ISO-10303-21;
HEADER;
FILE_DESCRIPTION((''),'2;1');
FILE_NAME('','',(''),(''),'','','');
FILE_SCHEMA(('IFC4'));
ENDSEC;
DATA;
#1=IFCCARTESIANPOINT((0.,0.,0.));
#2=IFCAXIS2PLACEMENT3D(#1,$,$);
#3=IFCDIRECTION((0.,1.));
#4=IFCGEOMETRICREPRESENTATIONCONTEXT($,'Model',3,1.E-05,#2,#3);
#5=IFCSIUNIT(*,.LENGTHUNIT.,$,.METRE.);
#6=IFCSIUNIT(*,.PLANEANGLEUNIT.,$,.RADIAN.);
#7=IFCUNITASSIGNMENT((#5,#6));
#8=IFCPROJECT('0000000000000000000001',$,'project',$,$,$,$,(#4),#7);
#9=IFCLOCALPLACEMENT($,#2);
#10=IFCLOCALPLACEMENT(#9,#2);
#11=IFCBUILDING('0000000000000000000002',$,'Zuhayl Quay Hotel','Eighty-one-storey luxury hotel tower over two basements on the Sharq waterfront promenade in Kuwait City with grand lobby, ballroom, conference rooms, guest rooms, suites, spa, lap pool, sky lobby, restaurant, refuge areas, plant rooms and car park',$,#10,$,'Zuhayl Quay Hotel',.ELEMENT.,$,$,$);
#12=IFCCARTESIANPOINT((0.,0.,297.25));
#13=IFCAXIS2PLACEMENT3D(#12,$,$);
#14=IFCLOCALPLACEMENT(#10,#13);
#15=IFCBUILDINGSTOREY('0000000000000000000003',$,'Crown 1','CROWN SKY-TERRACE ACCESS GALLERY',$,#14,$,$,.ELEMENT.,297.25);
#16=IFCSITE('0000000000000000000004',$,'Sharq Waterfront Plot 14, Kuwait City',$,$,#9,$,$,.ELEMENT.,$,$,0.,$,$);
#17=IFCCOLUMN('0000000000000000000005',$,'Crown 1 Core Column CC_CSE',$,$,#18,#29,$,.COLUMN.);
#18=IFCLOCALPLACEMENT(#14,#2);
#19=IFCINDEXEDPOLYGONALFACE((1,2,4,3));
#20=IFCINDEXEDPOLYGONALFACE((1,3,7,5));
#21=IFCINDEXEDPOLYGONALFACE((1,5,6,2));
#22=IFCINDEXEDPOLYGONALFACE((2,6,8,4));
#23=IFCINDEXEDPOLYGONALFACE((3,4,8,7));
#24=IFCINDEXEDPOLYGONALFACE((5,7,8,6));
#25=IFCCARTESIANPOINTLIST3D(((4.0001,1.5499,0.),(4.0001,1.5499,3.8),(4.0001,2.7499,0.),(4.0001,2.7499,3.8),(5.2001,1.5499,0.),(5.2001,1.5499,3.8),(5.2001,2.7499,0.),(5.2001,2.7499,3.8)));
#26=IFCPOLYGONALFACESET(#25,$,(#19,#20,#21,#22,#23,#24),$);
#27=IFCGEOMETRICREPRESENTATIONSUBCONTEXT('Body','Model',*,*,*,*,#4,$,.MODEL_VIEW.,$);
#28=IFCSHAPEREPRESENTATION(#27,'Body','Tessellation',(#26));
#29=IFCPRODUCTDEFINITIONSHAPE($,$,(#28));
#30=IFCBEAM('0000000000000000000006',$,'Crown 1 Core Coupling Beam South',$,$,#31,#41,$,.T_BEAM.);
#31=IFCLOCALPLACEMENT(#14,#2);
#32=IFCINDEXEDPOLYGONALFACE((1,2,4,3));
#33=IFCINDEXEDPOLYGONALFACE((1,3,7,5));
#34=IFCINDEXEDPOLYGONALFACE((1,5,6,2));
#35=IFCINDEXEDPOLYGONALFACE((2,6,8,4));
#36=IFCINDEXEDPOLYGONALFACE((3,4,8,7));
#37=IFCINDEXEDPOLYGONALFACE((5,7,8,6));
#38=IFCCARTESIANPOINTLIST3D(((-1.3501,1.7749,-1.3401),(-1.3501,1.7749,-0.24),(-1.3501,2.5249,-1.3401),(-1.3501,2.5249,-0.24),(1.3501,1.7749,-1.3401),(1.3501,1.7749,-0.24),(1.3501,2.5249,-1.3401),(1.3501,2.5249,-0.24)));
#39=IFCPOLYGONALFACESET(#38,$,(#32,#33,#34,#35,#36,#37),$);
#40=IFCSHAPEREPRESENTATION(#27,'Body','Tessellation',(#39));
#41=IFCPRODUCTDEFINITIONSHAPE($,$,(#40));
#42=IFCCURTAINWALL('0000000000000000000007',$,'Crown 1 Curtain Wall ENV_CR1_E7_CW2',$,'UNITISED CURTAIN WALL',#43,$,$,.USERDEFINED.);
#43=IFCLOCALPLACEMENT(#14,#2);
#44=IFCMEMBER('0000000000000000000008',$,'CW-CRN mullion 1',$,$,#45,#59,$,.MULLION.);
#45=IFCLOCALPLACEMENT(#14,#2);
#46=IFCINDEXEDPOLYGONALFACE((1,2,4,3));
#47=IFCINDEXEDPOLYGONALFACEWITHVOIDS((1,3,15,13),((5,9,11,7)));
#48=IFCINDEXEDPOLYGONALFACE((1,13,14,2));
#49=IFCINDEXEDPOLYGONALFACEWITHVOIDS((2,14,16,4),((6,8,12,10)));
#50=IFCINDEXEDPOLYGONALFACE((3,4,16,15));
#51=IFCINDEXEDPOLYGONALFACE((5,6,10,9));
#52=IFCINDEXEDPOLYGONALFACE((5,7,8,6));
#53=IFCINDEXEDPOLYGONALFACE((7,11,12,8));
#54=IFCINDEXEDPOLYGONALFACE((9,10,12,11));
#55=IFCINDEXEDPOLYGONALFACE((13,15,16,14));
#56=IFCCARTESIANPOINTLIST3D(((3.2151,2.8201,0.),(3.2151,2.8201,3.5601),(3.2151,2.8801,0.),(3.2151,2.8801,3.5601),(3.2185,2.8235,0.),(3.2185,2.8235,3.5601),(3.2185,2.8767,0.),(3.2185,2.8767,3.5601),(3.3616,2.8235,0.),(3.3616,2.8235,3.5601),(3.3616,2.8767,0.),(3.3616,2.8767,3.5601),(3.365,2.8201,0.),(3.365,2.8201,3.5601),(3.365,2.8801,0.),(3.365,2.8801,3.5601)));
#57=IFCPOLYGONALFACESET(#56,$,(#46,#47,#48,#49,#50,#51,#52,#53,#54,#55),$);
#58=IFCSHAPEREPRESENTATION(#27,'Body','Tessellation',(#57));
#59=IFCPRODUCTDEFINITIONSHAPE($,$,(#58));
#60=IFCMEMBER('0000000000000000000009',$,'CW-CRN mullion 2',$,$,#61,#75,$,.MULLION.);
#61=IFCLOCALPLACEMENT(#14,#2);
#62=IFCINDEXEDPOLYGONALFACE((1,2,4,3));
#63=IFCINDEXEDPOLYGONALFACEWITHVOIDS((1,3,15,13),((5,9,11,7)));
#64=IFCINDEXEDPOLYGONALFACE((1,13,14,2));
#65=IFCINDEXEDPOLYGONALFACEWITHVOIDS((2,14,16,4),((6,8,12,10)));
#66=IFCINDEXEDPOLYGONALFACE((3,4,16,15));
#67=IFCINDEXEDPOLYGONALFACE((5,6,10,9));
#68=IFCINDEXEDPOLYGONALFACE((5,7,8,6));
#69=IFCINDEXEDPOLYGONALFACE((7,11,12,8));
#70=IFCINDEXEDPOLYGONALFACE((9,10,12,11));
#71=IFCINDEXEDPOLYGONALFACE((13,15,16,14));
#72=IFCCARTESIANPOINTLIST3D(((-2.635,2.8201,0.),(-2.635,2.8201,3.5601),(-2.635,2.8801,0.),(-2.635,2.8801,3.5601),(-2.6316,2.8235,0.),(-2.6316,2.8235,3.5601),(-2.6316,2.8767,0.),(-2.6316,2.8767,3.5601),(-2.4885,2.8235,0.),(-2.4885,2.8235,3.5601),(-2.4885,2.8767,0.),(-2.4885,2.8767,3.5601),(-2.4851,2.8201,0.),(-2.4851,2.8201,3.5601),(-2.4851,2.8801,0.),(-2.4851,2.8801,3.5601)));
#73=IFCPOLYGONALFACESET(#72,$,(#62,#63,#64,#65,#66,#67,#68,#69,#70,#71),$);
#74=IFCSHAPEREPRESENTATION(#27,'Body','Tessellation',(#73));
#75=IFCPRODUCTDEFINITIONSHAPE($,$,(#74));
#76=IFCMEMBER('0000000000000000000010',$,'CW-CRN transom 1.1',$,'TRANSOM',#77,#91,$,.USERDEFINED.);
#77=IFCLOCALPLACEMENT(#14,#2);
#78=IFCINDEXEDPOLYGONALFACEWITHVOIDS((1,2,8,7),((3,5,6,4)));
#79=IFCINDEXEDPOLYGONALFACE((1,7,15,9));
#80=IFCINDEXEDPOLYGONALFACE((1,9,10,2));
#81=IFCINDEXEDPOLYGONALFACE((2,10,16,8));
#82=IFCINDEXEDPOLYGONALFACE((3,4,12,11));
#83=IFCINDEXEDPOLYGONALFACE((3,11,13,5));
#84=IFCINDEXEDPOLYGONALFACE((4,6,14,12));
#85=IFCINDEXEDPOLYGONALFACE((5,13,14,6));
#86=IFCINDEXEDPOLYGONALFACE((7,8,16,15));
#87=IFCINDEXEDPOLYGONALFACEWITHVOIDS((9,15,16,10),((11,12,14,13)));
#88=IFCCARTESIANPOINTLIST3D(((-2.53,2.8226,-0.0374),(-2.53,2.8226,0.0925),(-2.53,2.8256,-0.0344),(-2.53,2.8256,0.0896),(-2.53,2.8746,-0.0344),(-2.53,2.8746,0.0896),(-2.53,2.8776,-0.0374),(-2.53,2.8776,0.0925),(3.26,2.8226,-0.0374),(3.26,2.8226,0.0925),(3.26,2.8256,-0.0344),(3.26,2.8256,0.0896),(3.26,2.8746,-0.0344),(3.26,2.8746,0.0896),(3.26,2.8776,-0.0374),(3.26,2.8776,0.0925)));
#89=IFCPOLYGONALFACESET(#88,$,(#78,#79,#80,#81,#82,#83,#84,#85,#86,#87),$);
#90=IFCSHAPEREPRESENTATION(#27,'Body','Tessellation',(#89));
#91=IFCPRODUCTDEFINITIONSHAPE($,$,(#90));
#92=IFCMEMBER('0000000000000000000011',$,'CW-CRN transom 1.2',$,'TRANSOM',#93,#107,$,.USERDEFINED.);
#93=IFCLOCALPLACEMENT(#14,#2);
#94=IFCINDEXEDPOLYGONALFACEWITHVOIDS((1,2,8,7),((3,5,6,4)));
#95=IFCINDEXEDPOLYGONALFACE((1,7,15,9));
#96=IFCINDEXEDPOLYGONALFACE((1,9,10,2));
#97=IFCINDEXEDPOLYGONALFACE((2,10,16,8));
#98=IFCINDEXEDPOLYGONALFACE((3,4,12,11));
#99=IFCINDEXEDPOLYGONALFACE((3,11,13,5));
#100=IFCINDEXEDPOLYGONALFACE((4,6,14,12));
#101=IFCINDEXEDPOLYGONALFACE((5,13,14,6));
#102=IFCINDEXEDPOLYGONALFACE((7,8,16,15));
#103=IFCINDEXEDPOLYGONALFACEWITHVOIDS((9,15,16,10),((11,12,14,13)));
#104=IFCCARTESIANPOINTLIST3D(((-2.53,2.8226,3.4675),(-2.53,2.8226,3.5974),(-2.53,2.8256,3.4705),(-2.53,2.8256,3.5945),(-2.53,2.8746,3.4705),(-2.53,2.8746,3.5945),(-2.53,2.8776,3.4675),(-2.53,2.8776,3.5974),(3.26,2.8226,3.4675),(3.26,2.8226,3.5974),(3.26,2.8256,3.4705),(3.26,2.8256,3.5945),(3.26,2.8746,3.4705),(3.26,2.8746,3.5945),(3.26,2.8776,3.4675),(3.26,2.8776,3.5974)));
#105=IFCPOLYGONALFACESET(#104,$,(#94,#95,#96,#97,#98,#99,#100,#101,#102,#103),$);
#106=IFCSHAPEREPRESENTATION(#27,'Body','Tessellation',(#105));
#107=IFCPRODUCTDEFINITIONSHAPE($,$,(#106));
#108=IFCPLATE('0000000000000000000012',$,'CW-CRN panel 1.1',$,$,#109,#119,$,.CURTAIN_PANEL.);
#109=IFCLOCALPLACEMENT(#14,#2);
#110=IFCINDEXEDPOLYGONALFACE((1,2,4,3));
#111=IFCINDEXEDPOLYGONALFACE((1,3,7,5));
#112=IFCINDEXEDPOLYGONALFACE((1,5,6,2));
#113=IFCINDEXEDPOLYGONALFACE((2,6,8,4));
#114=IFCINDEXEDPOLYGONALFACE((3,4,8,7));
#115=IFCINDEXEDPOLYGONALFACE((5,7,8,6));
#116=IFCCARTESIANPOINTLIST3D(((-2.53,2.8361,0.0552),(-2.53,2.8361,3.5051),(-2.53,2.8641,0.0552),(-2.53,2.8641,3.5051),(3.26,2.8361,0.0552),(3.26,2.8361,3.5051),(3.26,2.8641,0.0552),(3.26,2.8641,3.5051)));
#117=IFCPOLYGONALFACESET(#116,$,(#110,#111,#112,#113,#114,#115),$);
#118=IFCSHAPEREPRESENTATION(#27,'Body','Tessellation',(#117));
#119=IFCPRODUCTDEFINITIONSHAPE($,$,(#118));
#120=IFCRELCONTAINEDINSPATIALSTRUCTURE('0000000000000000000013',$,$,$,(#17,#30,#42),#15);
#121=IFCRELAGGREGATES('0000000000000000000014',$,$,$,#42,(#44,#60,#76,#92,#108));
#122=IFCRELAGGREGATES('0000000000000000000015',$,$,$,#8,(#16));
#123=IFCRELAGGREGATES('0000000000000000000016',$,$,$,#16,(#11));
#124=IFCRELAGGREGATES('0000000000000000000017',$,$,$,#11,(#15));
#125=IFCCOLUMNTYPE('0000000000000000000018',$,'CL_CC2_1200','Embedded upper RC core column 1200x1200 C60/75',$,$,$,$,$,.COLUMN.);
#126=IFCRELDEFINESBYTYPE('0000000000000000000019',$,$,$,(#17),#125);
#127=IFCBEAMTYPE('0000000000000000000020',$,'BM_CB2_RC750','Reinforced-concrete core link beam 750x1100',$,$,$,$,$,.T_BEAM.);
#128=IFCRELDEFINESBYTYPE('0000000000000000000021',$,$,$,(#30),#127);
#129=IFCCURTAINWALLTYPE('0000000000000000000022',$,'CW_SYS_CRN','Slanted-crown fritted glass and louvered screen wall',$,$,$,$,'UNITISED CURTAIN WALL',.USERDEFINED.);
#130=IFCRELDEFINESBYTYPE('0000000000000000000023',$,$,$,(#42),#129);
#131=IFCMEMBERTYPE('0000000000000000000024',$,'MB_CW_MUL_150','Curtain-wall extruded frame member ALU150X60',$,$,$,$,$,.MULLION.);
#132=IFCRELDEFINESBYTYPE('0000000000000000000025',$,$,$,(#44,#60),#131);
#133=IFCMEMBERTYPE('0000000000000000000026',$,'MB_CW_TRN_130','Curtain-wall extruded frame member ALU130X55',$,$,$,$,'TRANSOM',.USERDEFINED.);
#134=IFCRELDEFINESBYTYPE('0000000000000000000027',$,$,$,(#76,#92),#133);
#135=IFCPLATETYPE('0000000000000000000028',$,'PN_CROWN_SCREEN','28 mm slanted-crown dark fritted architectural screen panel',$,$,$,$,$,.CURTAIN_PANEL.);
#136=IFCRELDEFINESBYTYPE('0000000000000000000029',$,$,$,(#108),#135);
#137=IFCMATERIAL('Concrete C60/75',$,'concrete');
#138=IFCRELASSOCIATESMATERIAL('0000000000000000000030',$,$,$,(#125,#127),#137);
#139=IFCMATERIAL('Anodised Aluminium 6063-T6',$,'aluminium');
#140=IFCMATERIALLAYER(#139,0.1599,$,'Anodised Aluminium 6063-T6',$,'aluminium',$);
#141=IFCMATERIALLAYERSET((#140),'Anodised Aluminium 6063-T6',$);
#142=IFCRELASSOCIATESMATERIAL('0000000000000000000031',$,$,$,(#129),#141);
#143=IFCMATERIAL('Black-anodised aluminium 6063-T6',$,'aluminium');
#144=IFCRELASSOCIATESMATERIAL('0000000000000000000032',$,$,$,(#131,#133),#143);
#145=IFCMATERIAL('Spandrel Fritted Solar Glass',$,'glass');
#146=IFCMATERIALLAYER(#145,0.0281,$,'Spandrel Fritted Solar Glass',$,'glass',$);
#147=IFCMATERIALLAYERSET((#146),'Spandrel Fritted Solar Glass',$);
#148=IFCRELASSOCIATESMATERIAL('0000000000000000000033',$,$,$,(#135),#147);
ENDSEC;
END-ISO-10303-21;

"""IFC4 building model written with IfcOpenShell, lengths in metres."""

from ifc_helpers import new_model, si_unit, direction, frame, origin, origin_2d, place, context, subcontext, project, spatial, rectangle, hollow_rectangle, extrude, material, layer, layer_set, material_profile, profile_set, type_object, element, aggregate, save


model = new_model("IFC4")

# Units and contexts
model_context = context("Model", 3, precision=1e-05, world=origin(), true_north=direction((0.0, 1.0)))
body_context = subcontext(model_context, "Body", "Model", "MODEL_VIEW")
ifc_project = project(units=[si_unit("LENGTHUNIT", "METRE"), si_unit("PLANEANGLEUNIT", "RADIAN")], contexts=[model_context])

# Site, building, storey
site_placement = place(None, origin())
site = spatial("IfcSite", under=ifc_project, at=site_placement, Name="Sharq Waterfront Plot 14, Kuwait City", CompositionType="ELEMENT", RefElevation=0.0)
building_placement = place(site_placement, origin())
building = spatial("IfcBuilding", under=site, at=building_placement, Name="Zuhayl Quay Hotel", Description="Eighty-one-storey luxury hotel tower over two basements on the Sharq waterfront promenade in Kuwait City with grand lobby, ballroom, conference rooms, guest rooms, suites, spa, lap pool, sky lobby, restaurant, refuge areas, plant rooms and car park", LongName="Zuhayl Quay Hotel", CompositionType="ELEMENT")
storey_placement = place(building_placement, frame((0.0, 0.0, 297.25)))
storey = spatial("IfcBuildingStorey", under=building, at=storey_placement, Name="Crown 1", Description="CROWN SKY-TERRACE ACCESS GALLERY", CompositionType="ELEMENT", Elevation=297.25)

# Column
ifc_material_1 = material(Name="Concrete C60/75", Category="concrete")
ifc_material_profile_1 = material_profile(ifc_material_1, rectangle(XDim=1.2, YDim=1.2, at=origin_2d()), Name="RC1200X1200")
ifc_profile_set_1 = profile_set([ifc_material_profile_1], Name="Concrete C60/75")
column_type = type_object("IfcColumnType", Name="CL_CC2_1200", Description="Embedded upper RC core column 1200x1200 C60/75", PredefinedType="COLUMN", material=ifc_profile_set_1)
column_placement = place(storey_placement, frame((4.6001, 2.1499, 0.0), z_axis=(0.0, 0.0, 1.0), x_axis=(1.0, 0.0, 0.0)))
element("IfcColumn", 1, at=column_placement, inside=storey, type_object=column_type, Name="Crown 1 Core Column CC_CSE", PredefinedType="COLUMN", context=body_context, shape_type="SweptSolid", body=[
    extrude(rectangle(XDim=1.2, YDim=1.2, at=origin_2d()), origin(), (0.0, 0.0, 1.0), 3.8),
])

# Beam
ifc_material_profile_2 = material_profile(ifc_material_1, rectangle(XDim=0.75, YDim=1.1001, at=origin_2d()), Name="RC750X1100")
ifc_profile_set_2 = profile_set([ifc_material_profile_2], Name="Concrete C60/75")
beam_type = type_object("IfcBeamType", Name="BM_CB2_RC750", Description="Reinforced-concrete core link beam 750x1100", PredefinedType="T_BEAM", material=ifc_profile_set_2)
beam_placement = place(storey_placement, frame((-1.3501, 2.1499, -0.79), z_axis=(1.0, 0.0, 0.0), x_axis=(0.0, 1.0, 0.0)))
element("IfcBeam", 2, at=beam_placement, inside=storey, type_object=beam_type, Name="Crown 1 Core Coupling Beam South", PredefinedType="T_BEAM", context=body_context, shape_type="SweptSolid", body=[
    extrude(rectangle(XDim=0.75, YDim=1.1001, at=origin_2d()), origin(), (0.0, 0.0, 1.0), 2.7002),
])

# Curtain wall, members, plate
ifc_material_2 = material(Name="Anodised Aluminium 6063-T6", Category="aluminium")
ifc_layer_1 = layer(ifc_material_2, 0.1599, Name="Anodised Aluminium 6063-T6", Category="aluminium")
ifc_layer_set_1 = layer_set([ifc_layer_1], Name="Anodised Aluminium 6063-T6")
curtain_wall_type = type_object("IfcCurtainWallType", Name="CW_SYS_CRN", Description="Slanted-crown fritted glass and louvered screen wall", ElementType="UNITISED CURTAIN WALL", PredefinedType="USERDEFINED", material=ifc_layer_set_1)
curtain_wall_placement = place(storey_placement, origin())
curtain_wall = element("IfcCurtainWall", 3, at=curtain_wall_placement, inside=storey, type_object=curtain_wall_type, Name="Crown 1 Curtain Wall ENV_CR1_E7_CW2", ObjectType="UNITISED CURTAIN WALL", PredefinedType="USERDEFINED")
ifc_material_3 = material(Name="Black-anodised aluminium 6063-T6", Category="aluminium")
ifc_material_profile_3 = material_profile(ifc_material_3, hollow_rectangle(XDim=0.0601, YDim=0.1499, WallThickness=0.0034, at=origin_2d()), Name="ALU150X60")
ifc_profile_set_3 = profile_set([ifc_material_profile_3], Name="Black-anodised aluminium 6063-T6")
member_type_1 = type_object("IfcMemberType", Name="MB_CW_MUL_150", Description="Curtain-wall extruded frame member ALU150X60", PredefinedType="MULLION", material=ifc_profile_set_3)
member_1_placement = place(storey_placement, frame((3.29, 2.8501, 0.0), z_axis=(0.0, 0.0, 1.0), x_axis=(0.0, -1.0, 0.0)))
member_1 = element("IfcMember", 4, at=member_1_placement, type_object=member_type_1, Name="CW-CRN mullion 1", PredefinedType="MULLION", context=body_context, shape_type="SweptSolid", body=[
    extrude(hollow_rectangle(XDim=0.0601, YDim=0.1499, WallThickness=0.0034, at=origin_2d()), origin(), (0.0, 0.0, 1.0), 3.5601),
])
member_2_placement = place(storey_placement, frame((-2.5601, 2.8501, 0.0), z_axis=(0.0, 0.0, 1.0), x_axis=(0.0, -1.0, 0.0)))
member_2 = element("IfcMember", 5, at=member_2_placement, type_object=member_type_1, Name="CW-CRN mullion 2", PredefinedType="MULLION", context=body_context, shape_type="SweptSolid", body=[
    extrude(hollow_rectangle(XDim=0.0601, YDim=0.1499, WallThickness=0.0034, at=origin_2d()), origin(), (0.0, 0.0, 1.0), 3.5601),
])
ifc_material_profile_4 = material_profile(ifc_material_3, hollow_rectangle(XDim=0.0549, YDim=0.1299, WallThickness=0.0029, at=origin_2d()), Name="ALU130X55")
ifc_profile_set_4 = profile_set([ifc_material_profile_4], Name="Black-anodised aluminium 6063-T6")
member_type_2 = type_object("IfcMemberType", Name="MB_CW_TRN_130", Description="Curtain-wall extruded frame member ALU130X55", ElementType="TRANSOM", PredefinedType="USERDEFINED", material=ifc_profile_set_4)
member_3_placement = place(storey_placement, frame((3.26, 2.8501, 0.0276), z_axis=(-1.0, 0.0, 0.0), x_axis=(0.0, -1.0, 0.0)))
member_3 = element("IfcMember", 6, at=member_3_placement, type_object=member_type_2, Name="CW-CRN transom 1.1", ObjectType="TRANSOM", PredefinedType="USERDEFINED", context=body_context, shape_type="SweptSolid", body=[
    extrude(hollow_rectangle(XDim=0.0549, YDim=0.1299, WallThickness=0.0029, at=origin_2d()), origin(), (0.0, 0.0, 1.0), 5.79),
])
member_4_placement = place(storey_placement, frame((3.26, 2.8501, 3.5325), z_axis=(-1.0, 0.0, 0.0), x_axis=(0.0, -1.0, 0.0)))
member_4 = element("IfcMember", 7, at=member_4_placement, type_object=member_type_2, Name="CW-CRN transom 1.2", ObjectType="TRANSOM", PredefinedType="USERDEFINED", context=body_context, shape_type="SweptSolid", body=[
    extrude(hollow_rectangle(XDim=0.0549, YDim=0.1299, WallThickness=0.0029, at=origin_2d()), origin(), (0.0, 0.0, 1.0), 5.79),
])
ifc_material_4 = material(Name="Spandrel Fritted Solar Glass", Category="glass")
ifc_layer_2 = layer(ifc_material_4, 0.0281, Name="Spandrel Fritted Solar Glass", Category="glass")
ifc_layer_set_2 = layer_set([ifc_layer_2], Name="Spandrel Fritted Solar Glass")
plate_type = type_object("IfcPlateType", Name="PN_CROWN_SCREEN", Description="28 mm slanted-crown dark fritted architectural screen panel", PredefinedType="CURTAIN_PANEL", material=ifc_layer_set_2)
plate_placement = place(storey_placement, frame((0.365, 2.8501, 0.0552), z_axis=(0.0, 0.0, 1.0), x_axis=(-1.0, 0.0, 0.0)))
plate = element("IfcPlate", 8, at=plate_placement, type_object=plate_type, Name="CW-CRN panel 1.1", PredefinedType="CURTAIN_PANEL", context=body_context, shape_type="SweptSolid", body=[
    extrude(rectangle(XDim=5.79, YDim=0.0281, at=origin_2d()), origin(), (0.0, 0.0, 1.0), 3.45),
])
aggregate(curtain_wall, [member_1, member_2, member_3, member_4, plate])

save(model, "model.ifc")
